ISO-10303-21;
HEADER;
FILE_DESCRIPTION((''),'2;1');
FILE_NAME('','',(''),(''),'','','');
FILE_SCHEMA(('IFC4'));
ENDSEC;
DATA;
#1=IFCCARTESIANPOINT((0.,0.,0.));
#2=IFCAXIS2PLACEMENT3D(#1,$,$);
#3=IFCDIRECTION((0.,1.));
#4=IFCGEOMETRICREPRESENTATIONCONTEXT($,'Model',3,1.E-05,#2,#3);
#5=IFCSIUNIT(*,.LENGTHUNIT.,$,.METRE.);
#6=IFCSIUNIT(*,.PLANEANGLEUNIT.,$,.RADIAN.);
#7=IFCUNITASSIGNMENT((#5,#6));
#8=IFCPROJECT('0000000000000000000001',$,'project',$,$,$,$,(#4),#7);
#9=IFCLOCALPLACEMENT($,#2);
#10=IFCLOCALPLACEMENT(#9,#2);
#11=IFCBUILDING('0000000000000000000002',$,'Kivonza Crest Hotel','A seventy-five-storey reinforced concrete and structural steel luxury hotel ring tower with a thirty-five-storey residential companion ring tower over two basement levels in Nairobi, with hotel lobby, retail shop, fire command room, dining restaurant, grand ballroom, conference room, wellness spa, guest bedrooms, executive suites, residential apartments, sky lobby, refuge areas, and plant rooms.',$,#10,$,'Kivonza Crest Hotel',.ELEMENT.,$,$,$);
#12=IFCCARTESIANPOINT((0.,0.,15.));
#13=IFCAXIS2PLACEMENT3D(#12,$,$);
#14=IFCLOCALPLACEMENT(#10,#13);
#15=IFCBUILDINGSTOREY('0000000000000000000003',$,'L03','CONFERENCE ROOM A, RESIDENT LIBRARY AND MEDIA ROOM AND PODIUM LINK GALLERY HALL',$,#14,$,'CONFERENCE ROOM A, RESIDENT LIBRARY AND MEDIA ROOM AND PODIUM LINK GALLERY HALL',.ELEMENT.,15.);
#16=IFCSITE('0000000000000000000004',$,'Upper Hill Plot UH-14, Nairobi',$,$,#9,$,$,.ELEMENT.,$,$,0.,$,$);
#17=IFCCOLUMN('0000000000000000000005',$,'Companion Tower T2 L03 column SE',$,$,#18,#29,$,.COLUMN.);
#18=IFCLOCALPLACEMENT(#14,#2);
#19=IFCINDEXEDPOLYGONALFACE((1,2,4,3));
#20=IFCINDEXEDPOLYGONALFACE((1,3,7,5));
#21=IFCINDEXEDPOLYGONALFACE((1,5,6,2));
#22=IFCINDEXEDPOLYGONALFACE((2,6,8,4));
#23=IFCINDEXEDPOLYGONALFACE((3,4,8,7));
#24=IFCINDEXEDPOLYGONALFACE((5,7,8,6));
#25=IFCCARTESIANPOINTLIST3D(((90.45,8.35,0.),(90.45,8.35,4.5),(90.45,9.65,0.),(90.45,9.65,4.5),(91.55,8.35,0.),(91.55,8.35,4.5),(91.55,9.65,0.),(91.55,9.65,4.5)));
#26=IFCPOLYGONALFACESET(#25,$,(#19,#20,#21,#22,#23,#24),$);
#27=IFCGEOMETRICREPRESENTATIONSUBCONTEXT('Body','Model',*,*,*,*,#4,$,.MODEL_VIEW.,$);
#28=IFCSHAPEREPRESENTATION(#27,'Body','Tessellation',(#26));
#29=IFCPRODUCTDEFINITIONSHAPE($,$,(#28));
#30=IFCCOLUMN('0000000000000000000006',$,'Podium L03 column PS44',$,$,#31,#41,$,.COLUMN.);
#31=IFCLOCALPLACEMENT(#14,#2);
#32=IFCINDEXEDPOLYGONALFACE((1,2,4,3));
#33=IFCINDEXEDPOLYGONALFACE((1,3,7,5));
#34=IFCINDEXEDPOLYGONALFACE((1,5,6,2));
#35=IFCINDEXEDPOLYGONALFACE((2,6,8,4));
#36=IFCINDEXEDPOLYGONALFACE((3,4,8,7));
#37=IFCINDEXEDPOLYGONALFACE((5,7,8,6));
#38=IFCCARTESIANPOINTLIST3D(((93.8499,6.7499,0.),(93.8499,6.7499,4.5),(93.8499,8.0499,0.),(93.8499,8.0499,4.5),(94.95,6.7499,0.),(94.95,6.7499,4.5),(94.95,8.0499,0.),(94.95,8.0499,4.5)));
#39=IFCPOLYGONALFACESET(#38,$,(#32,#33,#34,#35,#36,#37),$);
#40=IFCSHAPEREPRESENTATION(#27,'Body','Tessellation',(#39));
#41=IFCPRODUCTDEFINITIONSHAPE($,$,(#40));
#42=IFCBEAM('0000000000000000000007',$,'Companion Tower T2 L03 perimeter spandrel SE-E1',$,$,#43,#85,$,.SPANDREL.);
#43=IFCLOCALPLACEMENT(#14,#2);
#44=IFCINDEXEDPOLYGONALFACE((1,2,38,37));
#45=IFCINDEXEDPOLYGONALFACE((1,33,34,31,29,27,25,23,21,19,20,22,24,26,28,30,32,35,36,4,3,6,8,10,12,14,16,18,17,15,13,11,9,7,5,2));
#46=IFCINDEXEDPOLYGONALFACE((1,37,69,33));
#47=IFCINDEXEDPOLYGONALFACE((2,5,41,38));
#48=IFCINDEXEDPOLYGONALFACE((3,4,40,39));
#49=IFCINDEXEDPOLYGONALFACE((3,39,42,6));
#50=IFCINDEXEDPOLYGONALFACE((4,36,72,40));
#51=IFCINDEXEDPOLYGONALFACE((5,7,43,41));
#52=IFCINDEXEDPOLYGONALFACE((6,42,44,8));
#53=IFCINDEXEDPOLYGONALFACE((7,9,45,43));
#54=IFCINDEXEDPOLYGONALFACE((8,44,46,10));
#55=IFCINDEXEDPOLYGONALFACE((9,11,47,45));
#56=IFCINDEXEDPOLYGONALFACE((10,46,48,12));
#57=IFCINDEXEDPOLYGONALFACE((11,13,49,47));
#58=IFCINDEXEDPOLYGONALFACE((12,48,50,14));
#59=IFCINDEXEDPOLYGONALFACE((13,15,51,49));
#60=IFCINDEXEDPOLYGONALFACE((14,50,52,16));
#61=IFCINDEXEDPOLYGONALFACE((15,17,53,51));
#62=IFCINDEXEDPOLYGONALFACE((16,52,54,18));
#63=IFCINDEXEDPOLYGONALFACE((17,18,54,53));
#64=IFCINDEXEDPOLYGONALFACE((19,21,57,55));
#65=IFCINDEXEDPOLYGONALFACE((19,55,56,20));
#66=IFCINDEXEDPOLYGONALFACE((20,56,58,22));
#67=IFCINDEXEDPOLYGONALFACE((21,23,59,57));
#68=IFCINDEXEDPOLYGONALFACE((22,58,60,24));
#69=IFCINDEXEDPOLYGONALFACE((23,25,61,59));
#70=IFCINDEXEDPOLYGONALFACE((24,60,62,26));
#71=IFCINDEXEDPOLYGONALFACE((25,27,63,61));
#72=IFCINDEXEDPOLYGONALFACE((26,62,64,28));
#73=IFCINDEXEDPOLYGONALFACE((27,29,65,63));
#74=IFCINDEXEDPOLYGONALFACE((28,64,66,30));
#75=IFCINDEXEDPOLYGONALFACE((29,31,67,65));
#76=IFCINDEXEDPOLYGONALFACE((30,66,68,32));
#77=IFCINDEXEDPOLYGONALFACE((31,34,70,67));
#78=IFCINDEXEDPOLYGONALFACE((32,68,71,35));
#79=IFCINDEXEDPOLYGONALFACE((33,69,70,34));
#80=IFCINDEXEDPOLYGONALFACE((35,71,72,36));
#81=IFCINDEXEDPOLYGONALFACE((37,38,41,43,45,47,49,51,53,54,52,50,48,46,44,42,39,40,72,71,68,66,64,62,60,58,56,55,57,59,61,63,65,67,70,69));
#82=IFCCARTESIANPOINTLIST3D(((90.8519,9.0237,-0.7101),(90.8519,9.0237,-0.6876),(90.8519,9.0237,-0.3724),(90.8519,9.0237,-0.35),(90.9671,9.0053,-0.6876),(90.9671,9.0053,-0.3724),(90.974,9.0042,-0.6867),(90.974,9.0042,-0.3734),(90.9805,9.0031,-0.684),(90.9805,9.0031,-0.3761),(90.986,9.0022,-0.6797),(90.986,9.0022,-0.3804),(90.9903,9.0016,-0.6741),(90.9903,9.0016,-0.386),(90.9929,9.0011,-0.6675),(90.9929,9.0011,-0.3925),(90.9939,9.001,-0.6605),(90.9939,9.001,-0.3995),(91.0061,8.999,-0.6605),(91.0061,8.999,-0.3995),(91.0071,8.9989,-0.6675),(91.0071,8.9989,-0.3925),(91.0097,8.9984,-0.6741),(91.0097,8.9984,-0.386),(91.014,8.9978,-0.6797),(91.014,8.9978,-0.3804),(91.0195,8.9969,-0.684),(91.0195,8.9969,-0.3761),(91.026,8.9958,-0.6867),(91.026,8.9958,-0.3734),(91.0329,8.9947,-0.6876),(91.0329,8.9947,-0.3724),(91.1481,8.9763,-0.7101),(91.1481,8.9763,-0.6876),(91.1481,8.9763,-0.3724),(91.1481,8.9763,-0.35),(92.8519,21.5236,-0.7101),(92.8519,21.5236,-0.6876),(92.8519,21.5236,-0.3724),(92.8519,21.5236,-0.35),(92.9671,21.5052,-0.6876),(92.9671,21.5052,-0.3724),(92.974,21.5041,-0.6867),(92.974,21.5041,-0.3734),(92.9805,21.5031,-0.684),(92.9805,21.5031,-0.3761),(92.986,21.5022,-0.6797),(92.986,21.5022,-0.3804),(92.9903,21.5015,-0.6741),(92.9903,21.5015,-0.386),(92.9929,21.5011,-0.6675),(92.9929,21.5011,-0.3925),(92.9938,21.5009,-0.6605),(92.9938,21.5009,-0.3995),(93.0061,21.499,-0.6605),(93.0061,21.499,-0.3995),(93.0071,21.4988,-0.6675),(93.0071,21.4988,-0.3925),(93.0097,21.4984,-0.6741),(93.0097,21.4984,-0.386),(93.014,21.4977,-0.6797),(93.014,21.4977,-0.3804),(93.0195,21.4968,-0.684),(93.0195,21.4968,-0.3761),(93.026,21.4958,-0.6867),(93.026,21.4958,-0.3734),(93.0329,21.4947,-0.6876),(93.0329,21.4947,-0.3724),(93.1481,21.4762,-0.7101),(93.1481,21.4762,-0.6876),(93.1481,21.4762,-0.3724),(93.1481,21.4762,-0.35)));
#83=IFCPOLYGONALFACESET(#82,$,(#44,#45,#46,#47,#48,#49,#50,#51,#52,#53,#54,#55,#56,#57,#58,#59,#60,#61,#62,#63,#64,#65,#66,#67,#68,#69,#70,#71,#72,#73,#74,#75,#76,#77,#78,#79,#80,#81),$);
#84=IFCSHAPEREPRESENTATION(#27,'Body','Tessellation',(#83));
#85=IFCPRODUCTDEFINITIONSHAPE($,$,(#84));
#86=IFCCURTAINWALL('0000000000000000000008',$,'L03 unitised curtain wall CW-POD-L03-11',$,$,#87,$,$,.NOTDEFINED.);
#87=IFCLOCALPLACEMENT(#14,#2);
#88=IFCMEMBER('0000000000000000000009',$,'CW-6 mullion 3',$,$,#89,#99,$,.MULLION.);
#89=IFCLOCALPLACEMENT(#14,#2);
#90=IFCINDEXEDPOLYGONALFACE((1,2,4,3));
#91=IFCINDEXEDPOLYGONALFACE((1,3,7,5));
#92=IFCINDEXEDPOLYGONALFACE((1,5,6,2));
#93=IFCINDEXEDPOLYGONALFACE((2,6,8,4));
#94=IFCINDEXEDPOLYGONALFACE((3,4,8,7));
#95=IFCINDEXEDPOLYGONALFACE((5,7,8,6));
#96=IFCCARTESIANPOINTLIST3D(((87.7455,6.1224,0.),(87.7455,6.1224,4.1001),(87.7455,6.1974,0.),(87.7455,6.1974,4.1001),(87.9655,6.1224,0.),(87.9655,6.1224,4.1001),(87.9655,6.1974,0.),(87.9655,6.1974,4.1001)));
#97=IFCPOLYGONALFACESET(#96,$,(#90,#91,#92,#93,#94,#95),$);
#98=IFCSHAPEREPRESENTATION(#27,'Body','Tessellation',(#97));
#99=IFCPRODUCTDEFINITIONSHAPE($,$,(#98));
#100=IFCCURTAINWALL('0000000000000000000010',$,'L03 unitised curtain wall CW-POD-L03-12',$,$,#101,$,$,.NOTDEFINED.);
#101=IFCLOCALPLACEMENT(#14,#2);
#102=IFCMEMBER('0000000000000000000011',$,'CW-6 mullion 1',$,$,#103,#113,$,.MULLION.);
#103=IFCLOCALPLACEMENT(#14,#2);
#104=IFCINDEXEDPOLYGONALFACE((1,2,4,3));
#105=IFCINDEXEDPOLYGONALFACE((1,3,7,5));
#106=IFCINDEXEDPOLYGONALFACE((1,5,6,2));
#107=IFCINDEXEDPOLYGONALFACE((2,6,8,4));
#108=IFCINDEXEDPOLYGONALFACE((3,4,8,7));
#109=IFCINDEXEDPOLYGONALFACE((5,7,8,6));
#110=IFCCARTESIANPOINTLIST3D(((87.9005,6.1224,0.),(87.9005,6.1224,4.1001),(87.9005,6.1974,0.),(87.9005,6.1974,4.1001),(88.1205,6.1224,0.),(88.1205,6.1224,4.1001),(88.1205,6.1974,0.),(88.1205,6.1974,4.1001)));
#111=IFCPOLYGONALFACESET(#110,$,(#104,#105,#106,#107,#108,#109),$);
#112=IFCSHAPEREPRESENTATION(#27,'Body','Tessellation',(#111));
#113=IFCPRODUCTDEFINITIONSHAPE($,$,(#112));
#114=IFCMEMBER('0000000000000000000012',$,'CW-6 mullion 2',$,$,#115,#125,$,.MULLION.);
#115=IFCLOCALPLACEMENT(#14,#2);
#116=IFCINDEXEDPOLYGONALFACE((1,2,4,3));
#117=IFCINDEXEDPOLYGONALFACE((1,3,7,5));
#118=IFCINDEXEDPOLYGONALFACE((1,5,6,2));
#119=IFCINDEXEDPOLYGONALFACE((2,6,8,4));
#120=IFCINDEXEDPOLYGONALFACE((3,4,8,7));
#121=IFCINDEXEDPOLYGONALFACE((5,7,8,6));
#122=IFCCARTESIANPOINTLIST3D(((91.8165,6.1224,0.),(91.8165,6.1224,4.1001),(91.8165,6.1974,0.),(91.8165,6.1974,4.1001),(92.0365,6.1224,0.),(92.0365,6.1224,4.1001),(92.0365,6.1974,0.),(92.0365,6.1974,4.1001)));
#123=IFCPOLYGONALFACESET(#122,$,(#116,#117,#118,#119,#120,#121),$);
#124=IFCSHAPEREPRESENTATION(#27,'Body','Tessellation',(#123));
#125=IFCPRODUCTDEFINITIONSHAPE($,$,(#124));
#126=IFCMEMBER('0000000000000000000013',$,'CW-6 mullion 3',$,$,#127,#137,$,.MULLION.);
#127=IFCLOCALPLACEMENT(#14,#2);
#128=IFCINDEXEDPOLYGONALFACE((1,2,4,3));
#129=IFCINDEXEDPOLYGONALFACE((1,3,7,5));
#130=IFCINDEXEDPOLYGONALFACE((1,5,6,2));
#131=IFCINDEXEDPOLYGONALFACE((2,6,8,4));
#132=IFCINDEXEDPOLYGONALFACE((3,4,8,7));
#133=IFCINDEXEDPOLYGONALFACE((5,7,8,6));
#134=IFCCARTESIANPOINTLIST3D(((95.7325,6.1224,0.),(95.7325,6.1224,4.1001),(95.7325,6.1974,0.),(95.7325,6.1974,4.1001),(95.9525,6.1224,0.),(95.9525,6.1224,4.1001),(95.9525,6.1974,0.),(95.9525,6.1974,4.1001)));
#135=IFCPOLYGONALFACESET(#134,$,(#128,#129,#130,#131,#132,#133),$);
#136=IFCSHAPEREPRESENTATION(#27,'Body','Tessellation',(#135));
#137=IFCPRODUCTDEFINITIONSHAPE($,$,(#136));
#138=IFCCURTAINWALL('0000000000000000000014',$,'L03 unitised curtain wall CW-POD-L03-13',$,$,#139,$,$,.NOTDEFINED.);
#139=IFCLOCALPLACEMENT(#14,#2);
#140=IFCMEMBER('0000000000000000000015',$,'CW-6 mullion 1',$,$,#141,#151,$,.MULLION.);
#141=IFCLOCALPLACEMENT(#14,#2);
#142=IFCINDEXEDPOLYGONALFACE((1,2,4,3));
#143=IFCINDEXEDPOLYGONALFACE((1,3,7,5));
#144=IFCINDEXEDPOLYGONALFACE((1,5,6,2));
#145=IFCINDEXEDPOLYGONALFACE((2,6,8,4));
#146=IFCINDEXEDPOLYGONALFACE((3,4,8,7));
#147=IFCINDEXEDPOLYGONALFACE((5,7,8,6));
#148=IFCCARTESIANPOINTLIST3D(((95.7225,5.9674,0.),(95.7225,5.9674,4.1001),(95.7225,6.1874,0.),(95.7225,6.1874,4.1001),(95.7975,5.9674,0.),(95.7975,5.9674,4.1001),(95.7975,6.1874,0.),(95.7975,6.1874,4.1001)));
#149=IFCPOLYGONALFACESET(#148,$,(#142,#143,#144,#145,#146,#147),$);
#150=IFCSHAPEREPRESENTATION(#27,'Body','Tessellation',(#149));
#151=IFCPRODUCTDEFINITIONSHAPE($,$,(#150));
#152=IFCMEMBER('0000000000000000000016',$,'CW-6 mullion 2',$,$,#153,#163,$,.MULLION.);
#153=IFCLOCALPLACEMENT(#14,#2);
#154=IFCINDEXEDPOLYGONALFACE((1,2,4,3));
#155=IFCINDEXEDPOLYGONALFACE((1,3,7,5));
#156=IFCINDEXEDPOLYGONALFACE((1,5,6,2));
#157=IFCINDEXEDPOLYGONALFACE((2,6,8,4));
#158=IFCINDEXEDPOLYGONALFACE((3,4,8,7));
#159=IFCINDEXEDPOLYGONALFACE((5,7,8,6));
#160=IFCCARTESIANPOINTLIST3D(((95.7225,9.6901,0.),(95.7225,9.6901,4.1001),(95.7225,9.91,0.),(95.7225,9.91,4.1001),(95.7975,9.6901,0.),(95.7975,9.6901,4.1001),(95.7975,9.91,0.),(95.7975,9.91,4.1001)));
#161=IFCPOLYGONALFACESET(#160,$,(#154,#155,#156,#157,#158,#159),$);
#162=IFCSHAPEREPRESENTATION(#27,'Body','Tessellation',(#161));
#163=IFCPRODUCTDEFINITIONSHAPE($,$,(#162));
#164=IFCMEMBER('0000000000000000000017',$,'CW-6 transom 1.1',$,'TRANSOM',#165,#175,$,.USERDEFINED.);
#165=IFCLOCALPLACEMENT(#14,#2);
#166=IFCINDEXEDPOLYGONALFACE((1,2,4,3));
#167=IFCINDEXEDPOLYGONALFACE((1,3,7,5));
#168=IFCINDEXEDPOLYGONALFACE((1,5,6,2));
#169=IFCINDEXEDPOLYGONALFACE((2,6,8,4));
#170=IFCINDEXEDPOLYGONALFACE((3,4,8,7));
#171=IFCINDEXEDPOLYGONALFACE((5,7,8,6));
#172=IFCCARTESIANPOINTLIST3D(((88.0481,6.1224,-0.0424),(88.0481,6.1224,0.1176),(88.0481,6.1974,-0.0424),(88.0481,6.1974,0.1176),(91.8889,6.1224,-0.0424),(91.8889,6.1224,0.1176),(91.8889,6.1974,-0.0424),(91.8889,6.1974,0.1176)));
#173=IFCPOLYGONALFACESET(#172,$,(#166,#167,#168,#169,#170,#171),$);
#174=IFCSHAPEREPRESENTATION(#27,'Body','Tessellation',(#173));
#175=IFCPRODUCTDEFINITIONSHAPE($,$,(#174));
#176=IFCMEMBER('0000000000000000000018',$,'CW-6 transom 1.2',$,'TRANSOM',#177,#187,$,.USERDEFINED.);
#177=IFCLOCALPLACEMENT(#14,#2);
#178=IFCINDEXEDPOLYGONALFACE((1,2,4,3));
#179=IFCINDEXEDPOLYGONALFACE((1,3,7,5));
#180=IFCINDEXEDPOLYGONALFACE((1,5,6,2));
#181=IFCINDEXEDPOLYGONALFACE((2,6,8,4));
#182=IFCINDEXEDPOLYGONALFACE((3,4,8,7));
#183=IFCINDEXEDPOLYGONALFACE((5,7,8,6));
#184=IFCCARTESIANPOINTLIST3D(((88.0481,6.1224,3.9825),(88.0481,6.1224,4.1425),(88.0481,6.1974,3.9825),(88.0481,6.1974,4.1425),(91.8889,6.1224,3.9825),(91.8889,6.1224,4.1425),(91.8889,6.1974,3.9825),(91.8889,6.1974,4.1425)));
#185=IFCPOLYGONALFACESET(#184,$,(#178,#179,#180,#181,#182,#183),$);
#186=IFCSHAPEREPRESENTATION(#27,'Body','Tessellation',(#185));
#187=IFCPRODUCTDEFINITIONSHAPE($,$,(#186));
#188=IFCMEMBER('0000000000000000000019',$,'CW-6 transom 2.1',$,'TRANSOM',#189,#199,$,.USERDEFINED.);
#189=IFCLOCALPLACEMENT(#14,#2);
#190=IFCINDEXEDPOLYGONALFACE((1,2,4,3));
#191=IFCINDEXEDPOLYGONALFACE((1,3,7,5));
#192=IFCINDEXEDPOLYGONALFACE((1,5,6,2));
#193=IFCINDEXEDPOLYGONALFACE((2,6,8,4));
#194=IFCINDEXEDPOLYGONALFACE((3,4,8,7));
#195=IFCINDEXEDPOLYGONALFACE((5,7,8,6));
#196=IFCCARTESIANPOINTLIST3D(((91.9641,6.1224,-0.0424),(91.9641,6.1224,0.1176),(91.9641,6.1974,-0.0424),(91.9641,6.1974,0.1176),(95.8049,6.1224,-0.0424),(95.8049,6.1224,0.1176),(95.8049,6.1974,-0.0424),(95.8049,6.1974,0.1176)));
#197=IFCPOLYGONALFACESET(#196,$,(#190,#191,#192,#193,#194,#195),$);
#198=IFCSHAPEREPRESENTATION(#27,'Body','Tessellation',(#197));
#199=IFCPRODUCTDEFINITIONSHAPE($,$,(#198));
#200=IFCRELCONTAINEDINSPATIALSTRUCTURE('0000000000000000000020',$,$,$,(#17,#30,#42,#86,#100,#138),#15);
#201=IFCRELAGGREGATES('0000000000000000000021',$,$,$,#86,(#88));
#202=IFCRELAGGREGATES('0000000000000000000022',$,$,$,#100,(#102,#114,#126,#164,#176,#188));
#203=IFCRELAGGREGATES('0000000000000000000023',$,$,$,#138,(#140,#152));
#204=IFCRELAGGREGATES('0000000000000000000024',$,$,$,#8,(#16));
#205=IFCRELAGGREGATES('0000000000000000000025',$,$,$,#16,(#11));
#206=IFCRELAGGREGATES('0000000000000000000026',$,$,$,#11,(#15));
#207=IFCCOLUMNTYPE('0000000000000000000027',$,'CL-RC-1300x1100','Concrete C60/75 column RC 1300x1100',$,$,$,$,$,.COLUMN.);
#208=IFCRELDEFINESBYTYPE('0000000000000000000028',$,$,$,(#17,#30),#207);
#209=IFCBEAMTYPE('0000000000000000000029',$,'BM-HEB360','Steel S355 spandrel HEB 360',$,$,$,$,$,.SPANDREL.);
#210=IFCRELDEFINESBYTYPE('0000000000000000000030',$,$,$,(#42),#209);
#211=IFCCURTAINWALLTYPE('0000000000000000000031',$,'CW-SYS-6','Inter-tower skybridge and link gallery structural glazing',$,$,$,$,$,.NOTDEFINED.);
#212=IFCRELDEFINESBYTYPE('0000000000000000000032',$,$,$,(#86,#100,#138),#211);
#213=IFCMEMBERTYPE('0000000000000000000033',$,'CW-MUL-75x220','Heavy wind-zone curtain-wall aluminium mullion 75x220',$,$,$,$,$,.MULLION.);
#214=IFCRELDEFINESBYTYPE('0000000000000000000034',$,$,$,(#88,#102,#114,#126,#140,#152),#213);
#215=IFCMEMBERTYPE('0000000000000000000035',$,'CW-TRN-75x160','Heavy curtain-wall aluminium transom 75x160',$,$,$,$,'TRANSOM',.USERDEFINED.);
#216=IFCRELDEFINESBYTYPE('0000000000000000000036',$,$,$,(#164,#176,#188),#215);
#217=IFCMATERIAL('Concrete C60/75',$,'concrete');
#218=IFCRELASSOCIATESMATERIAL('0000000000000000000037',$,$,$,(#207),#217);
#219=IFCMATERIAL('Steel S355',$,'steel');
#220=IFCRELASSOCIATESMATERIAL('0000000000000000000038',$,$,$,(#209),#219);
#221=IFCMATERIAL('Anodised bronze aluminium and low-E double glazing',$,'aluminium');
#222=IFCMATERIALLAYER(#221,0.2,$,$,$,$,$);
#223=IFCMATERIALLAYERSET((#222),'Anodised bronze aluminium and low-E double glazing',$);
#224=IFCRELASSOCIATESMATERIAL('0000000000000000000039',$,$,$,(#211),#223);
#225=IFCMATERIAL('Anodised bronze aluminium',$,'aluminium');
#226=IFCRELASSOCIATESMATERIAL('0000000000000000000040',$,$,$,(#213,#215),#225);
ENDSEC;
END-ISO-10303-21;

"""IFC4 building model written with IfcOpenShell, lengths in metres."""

from ifc_helpers import new_model, si_unit, direction, frame, origin, origin_2d, place, context, subcontext, project, spatial, rectangle, i_section, extrude, material, layer, layer_set, material_profile, profile_set, type_object, element, aggregate, save


model = new_model("IFC4")

# Units and contexts
model_context = context("Model", 3, precision=1e-05, world=origin(), true_north=direction((0.0, 1.0)))
body_context = subcontext(model_context, "Body", "Model", "MODEL_VIEW")
ifc_project = project(units=[si_unit("LENGTHUNIT", "METRE"), si_unit("PLANEANGLEUNIT", "RADIAN")], contexts=[model_context])

# Site, building, storey
site_placement = place(None, origin())
site = spatial("IfcSite", under=ifc_project, at=site_placement, Name="Upper Hill Plot UH-14, Nairobi", CompositionType="ELEMENT", RefElevation=0.0)
building_placement = place(site_placement, origin())
building = spatial("IfcBuilding", under=site, at=building_placement, Name="Kivonza Crest Hotel", Description="A seventy-five-storey reinforced concrete and structural steel luxury hotel ring tower with a thirty-five-storey residential companion ring tower over two basement levels in Nairobi, with hotel lobby, retail shop, fire command room, dining restaurant, grand ballroom, conference room, wellness spa, guest bedrooms, executive suites, residential apartments, sky lobby, refuge areas, and plant rooms.", LongName="Kivonza Crest Hotel", CompositionType="ELEMENT")
storey_placement = place(building_placement, frame((0.0, 0.0, 15.0)))
storey = spatial("IfcBuildingStorey", under=building, at=storey_placement, Name="L03", Description="CONFERENCE ROOM A, RESIDENT LIBRARY AND MEDIA ROOM AND PODIUM LINK GALLERY HALL", LongName="CONFERENCE ROOM A, RESIDENT LIBRARY AND MEDIA ROOM AND PODIUM LINK GALLERY HALL", CompositionType="ELEMENT", Elevation=15.0)

# Columns
ifc_material_1 = material(Name="Concrete C60/75", Category="concrete")
ifc_material_profile_1 = material_profile(ifc_material_1, rectangle(XDim=1.1001, YDim=1.3, at=origin_2d()), Name="RC 1300x1100")
ifc_profile_set_1 = profile_set([ifc_material_profile_1], Name="Concrete C60/75")
column_type = type_object("IfcColumnType", Name="CL-RC-1300x1100", Description="Concrete C60/75 column RC 1300x1100", PredefinedType="COLUMN", material=ifc_profile_set_1)
for number, where, z_axis, x_axis, name in (
    (1, (91.0, 9.0, 0.0), (0.0, 0.0, 1.0), (1.0, 0.0, 0.0), "Companion Tower T2 L03 column SE"),
    (2, (94.3999, 7.3999, 0.0), (0.0, 0.0, 1.0), (1.0, 0.0, 0.0), "Podium L03 column PS44"),
):
    element("IfcColumn", number, at=place(storey_placement, frame(where, z_axis=z_axis, x_axis=x_axis)), inside=storey, type_object=column_type, Name=name, PredefinedType="COLUMN", context=body_context, shape_type="SweptSolid", body=[
        extrude(rectangle(XDim=1.1001, YDim=1.3, at=origin_2d()), origin(), (0.0, 0.0, 1.0), 4.5),
    ])

# Beam
ifc_material_2 = material(Name="Steel S355", Category="steel")
ifc_material_profile_2 = material_profile(ifc_material_2, i_section(OverallWidth=0.3, OverallDepth=0.3601, WebThickness=0.0125, FlangeThickness=0.0225, FilletRadius=0.0271, at=origin_2d()), Name="HEB 360")
ifc_profile_set_2 = profile_set([ifc_material_profile_2], Name="Steel S355")
beam_type = type_object("IfcBeamType", Name="BM-HEB360", Description="Steel S355 spandrel HEB 360", PredefinedType="SPANDREL", material=ifc_profile_set_2)
beam_placement = place(storey_placement, frame((91.0, 9.0, -0.53), z_axis=(0.157991, 0.987441, 0.0), x_axis=(-0.987441, 0.157991, 0.0)))
element("IfcBeam", 3, at=beam_placement, inside=storey, type_object=beam_type, Name="Companion Tower T2 L03 perimeter spandrel SE-E1", PredefinedType="SPANDREL", context=body_context, shape_type="SweptSolid", body=[
    extrude(i_section(OverallWidth=0.3, OverallDepth=0.3601, WebThickness=0.0125, FlangeThickness=0.0225, FilletRadius=0.0271, at=origin_2d()), origin(), (0.0, 0.0, 1.0), 12.6589),
])

# Curtain wall, member
ifc_material_3 = material(Name="Anodised bronze aluminium and low-E double glazing", Category="aluminium")
ifc_layer_1 = layer(ifc_material_3, 0.2)
ifc_layer_set_1 = layer_set([ifc_layer_1], Name="Anodised bronze aluminium and low-E double glazing")
curtain_wall_type = type_object("IfcCurtainWallType", Name="CW-SYS-6", Description="Inter-tower skybridge and link gallery structural glazing", PredefinedType="NOTDEFINED", material=ifc_layer_set_1)
curtain_wall_1_placement = place(storey_placement, origin())
curtain_wall_1 = element("IfcCurtainWall", 4, at=curtain_wall_1_placement, inside=storey, type_object=curtain_wall_type, Name="L03 unitised curtain wall CW-POD-L03-11", PredefinedType="NOTDEFINED")
ifc_material_4 = material(Name="Anodised bronze aluminium", Category="aluminium")
ifc_material_profile_3 = material_profile(ifc_material_4, rectangle(XDim=0.075, YDim=0.22, at=origin_2d()), Name="CW-M 75x220")
ifc_profile_set_3 = profile_set([ifc_material_profile_3], Name="Anodised bronze aluminium")
member_type_1 = type_object("IfcMemberType", Name="CW-MUL-75x220", Description="Heavy wind-zone curtain-wall aluminium mullion 75x220", PredefinedType="MULLION", material=ifc_profile_set_3)
member_1_placement = place(storey_placement, frame((87.8555, 6.1599, 0.0), z_axis=(0.0, 0.0, 1.0), x_axis=(0.0, 1.0, 0.0)))
member_1 = element("IfcMember", 5, at=member_1_placement, type_object=member_type_1, Name="CW-6 mullion 3", PredefinedType="MULLION", context=body_context, shape_type="SweptSolid", body=[
    extrude(rectangle(XDim=0.075, YDim=0.22, at=origin_2d()), origin(), (0.0, 0.0, 1.0), 4.1001),
])
aggregate(curtain_wall_1, [member_1])

# Curtain walls, members
curtain_wall_2_placement = place(storey_placement, origin())
curtain_wall_2 = element("IfcCurtainWall", 6, at=curtain_wall_2_placement, inside=storey, type_object=curtain_wall_type, Name="L03 unitised curtain wall CW-POD-L03-12", PredefinedType="NOTDEFINED")
member_2_placement = place(storey_placement, frame((88.0105, 6.1599, 0.0), z_axis=(0.0, 0.0, 1.0), x_axis=(0.0, 1.0, 0.0)))
member_2 = element("IfcMember", 7, at=member_2_placement, type_object=member_type_1, Name="CW-6 mullion 1", PredefinedType="MULLION", context=body_context, shape_type="SweptSolid", body=[
    extrude(rectangle(XDim=0.075, YDim=0.22, at=origin_2d()), origin(), (0.0, 0.0, 1.0), 4.1001),
])
member_3_placement = place(storey_placement, frame((91.9265, 6.1599, 0.0), z_axis=(0.0, 0.0, 1.0), x_axis=(0.0, 1.0, 0.0)))
member_3 = element("IfcMember", 8, at=member_3_placement, type_object=member_type_1, Name="CW-6 mullion 2", PredefinedType="MULLION", context=body_context, shape_type="SweptSolid", body=[
    extrude(rectangle(XDim=0.075, YDim=0.22, at=origin_2d()), origin(), (0.0, 0.0, 1.0), 4.1001),
])
member_4_placement = place(storey_placement, frame((95.8425, 6.1599, 0.0), z_axis=(0.0, 0.0, 1.0), x_axis=(0.0, 1.0, 0.0)))
member_4 = element("IfcMember", 9, at=member_4_placement, type_object=member_type_1, Name="CW-6 mullion 3", PredefinedType="MULLION", context=body_context, shape_type="SweptSolid", body=[
    extrude(rectangle(XDim=0.075, YDim=0.22, at=origin_2d()), origin(), (0.0, 0.0, 1.0), 4.1001),
])
curtain_wall_3_placement = place(storey_placement, origin())
curtain_wall_3 = element("IfcCurtainWall", 10, at=curtain_wall_3_placement, inside=storey, type_object=curtain_wall_type, Name="L03 unitised curtain wall CW-POD-L03-13", PredefinedType="NOTDEFINED")
member_5_placement = place(storey_placement, frame((95.76, 6.0774, 0.0), z_axis=(0.0, 0.0, 1.0), x_axis=(-1.0, 0.0, 0.0)))
member_5 = element("IfcMember", 11, at=member_5_placement, type_object=member_type_1, Name="CW-6 mullion 1", PredefinedType="MULLION", context=body_context, shape_type="SweptSolid", body=[
    extrude(rectangle(XDim=0.075, YDim=0.22, at=origin_2d()), origin(), (0.0, 0.0, 1.0), 4.1001),
])
member_6_placement = place(storey_placement, frame((95.76, 9.8, 0.0), z_axis=(0.0, 0.0, 1.0), x_axis=(-1.0, 0.0, 0.0)))
member_6 = element("IfcMember", 12, at=member_6_placement, type_object=member_type_1, Name="CW-6 mullion 2", PredefinedType="MULLION", context=body_context, shape_type="SweptSolid", body=[
    extrude(rectangle(XDim=0.075, YDim=0.22, at=origin_2d()), origin(), (0.0, 0.0, 1.0), 4.1001),
])

# Members
ifc_material_profile_4 = material_profile(ifc_material_4, rectangle(XDim=0.075, YDim=0.1599, at=origin_2d()), Name="CW-T 75x160")
ifc_profile_set_4 = profile_set([ifc_material_profile_4], Name="Anodised bronze aluminium")
member_type_2 = type_object("IfcMemberType", Name="CW-TRN-75x160", Description="Heavy curtain-wall aluminium transom 75x160", ElementType="TRANSOM", PredefinedType="USERDEFINED", material=ifc_profile_set_4)
member_7_placement = place(storey_placement, frame((88.0481, 6.1599, 0.0376), z_axis=(1.0, 0.0, 0.0), x_axis=(0.0, 1.0, 0.0)))
member_7 = element("IfcMember", 13, at=member_7_placement, type_object=member_type_2, Name="CW-6 transom 1.1", ObjectType="TRANSOM", PredefinedType="USERDEFINED", context=body_context, shape_type="SweptSolid", body=[
    extrude(rectangle(XDim=0.075, YDim=0.1599, at=origin_2d()), origin(), (0.0, 0.0, 1.0), 3.8408),
])
member_8_placement = place(storey_placement, frame((88.0481, 6.1599, 4.0625), z_axis=(1.0, 0.0, 0.0), x_axis=(0.0, 1.0, 0.0)))
member_8 = element("IfcMember", 14, at=member_8_placement, type_object=member_type_2, Name="CW-6 transom 1.2", ObjectType="TRANSOM", PredefinedType="USERDEFINED", context=body_context, shape_type="SweptSolid", body=[
    extrude(rectangle(XDim=0.075, YDim=0.1599, at=origin_2d()), origin(), (0.0, 0.0, 1.0), 3.8408),
])
member_9_placement = place(storey_placement, frame((91.9641, 6.1599, 0.0376), z_axis=(1.0, 0.0, 0.0), x_axis=(0.0, 1.0, 0.0)))
member_9 = element("IfcMember", 15, at=member_9_placement, type_object=member_type_2, Name="CW-6 transom 2.1", ObjectType="TRANSOM", PredefinedType="USERDEFINED", context=body_context, shape_type="SweptSolid", body=[
    extrude(rectangle(XDim=0.075, YDim=0.1599, at=origin_2d()), origin(), (0.0, 0.0, 1.0), 3.8408),
])

aggregate(curtain_wall_2, [member_2, member_3, member_4, member_7, member_8, member_9])
aggregate(curtain_wall_3, [member_5, member_6])

save(model, "model.ifc")
